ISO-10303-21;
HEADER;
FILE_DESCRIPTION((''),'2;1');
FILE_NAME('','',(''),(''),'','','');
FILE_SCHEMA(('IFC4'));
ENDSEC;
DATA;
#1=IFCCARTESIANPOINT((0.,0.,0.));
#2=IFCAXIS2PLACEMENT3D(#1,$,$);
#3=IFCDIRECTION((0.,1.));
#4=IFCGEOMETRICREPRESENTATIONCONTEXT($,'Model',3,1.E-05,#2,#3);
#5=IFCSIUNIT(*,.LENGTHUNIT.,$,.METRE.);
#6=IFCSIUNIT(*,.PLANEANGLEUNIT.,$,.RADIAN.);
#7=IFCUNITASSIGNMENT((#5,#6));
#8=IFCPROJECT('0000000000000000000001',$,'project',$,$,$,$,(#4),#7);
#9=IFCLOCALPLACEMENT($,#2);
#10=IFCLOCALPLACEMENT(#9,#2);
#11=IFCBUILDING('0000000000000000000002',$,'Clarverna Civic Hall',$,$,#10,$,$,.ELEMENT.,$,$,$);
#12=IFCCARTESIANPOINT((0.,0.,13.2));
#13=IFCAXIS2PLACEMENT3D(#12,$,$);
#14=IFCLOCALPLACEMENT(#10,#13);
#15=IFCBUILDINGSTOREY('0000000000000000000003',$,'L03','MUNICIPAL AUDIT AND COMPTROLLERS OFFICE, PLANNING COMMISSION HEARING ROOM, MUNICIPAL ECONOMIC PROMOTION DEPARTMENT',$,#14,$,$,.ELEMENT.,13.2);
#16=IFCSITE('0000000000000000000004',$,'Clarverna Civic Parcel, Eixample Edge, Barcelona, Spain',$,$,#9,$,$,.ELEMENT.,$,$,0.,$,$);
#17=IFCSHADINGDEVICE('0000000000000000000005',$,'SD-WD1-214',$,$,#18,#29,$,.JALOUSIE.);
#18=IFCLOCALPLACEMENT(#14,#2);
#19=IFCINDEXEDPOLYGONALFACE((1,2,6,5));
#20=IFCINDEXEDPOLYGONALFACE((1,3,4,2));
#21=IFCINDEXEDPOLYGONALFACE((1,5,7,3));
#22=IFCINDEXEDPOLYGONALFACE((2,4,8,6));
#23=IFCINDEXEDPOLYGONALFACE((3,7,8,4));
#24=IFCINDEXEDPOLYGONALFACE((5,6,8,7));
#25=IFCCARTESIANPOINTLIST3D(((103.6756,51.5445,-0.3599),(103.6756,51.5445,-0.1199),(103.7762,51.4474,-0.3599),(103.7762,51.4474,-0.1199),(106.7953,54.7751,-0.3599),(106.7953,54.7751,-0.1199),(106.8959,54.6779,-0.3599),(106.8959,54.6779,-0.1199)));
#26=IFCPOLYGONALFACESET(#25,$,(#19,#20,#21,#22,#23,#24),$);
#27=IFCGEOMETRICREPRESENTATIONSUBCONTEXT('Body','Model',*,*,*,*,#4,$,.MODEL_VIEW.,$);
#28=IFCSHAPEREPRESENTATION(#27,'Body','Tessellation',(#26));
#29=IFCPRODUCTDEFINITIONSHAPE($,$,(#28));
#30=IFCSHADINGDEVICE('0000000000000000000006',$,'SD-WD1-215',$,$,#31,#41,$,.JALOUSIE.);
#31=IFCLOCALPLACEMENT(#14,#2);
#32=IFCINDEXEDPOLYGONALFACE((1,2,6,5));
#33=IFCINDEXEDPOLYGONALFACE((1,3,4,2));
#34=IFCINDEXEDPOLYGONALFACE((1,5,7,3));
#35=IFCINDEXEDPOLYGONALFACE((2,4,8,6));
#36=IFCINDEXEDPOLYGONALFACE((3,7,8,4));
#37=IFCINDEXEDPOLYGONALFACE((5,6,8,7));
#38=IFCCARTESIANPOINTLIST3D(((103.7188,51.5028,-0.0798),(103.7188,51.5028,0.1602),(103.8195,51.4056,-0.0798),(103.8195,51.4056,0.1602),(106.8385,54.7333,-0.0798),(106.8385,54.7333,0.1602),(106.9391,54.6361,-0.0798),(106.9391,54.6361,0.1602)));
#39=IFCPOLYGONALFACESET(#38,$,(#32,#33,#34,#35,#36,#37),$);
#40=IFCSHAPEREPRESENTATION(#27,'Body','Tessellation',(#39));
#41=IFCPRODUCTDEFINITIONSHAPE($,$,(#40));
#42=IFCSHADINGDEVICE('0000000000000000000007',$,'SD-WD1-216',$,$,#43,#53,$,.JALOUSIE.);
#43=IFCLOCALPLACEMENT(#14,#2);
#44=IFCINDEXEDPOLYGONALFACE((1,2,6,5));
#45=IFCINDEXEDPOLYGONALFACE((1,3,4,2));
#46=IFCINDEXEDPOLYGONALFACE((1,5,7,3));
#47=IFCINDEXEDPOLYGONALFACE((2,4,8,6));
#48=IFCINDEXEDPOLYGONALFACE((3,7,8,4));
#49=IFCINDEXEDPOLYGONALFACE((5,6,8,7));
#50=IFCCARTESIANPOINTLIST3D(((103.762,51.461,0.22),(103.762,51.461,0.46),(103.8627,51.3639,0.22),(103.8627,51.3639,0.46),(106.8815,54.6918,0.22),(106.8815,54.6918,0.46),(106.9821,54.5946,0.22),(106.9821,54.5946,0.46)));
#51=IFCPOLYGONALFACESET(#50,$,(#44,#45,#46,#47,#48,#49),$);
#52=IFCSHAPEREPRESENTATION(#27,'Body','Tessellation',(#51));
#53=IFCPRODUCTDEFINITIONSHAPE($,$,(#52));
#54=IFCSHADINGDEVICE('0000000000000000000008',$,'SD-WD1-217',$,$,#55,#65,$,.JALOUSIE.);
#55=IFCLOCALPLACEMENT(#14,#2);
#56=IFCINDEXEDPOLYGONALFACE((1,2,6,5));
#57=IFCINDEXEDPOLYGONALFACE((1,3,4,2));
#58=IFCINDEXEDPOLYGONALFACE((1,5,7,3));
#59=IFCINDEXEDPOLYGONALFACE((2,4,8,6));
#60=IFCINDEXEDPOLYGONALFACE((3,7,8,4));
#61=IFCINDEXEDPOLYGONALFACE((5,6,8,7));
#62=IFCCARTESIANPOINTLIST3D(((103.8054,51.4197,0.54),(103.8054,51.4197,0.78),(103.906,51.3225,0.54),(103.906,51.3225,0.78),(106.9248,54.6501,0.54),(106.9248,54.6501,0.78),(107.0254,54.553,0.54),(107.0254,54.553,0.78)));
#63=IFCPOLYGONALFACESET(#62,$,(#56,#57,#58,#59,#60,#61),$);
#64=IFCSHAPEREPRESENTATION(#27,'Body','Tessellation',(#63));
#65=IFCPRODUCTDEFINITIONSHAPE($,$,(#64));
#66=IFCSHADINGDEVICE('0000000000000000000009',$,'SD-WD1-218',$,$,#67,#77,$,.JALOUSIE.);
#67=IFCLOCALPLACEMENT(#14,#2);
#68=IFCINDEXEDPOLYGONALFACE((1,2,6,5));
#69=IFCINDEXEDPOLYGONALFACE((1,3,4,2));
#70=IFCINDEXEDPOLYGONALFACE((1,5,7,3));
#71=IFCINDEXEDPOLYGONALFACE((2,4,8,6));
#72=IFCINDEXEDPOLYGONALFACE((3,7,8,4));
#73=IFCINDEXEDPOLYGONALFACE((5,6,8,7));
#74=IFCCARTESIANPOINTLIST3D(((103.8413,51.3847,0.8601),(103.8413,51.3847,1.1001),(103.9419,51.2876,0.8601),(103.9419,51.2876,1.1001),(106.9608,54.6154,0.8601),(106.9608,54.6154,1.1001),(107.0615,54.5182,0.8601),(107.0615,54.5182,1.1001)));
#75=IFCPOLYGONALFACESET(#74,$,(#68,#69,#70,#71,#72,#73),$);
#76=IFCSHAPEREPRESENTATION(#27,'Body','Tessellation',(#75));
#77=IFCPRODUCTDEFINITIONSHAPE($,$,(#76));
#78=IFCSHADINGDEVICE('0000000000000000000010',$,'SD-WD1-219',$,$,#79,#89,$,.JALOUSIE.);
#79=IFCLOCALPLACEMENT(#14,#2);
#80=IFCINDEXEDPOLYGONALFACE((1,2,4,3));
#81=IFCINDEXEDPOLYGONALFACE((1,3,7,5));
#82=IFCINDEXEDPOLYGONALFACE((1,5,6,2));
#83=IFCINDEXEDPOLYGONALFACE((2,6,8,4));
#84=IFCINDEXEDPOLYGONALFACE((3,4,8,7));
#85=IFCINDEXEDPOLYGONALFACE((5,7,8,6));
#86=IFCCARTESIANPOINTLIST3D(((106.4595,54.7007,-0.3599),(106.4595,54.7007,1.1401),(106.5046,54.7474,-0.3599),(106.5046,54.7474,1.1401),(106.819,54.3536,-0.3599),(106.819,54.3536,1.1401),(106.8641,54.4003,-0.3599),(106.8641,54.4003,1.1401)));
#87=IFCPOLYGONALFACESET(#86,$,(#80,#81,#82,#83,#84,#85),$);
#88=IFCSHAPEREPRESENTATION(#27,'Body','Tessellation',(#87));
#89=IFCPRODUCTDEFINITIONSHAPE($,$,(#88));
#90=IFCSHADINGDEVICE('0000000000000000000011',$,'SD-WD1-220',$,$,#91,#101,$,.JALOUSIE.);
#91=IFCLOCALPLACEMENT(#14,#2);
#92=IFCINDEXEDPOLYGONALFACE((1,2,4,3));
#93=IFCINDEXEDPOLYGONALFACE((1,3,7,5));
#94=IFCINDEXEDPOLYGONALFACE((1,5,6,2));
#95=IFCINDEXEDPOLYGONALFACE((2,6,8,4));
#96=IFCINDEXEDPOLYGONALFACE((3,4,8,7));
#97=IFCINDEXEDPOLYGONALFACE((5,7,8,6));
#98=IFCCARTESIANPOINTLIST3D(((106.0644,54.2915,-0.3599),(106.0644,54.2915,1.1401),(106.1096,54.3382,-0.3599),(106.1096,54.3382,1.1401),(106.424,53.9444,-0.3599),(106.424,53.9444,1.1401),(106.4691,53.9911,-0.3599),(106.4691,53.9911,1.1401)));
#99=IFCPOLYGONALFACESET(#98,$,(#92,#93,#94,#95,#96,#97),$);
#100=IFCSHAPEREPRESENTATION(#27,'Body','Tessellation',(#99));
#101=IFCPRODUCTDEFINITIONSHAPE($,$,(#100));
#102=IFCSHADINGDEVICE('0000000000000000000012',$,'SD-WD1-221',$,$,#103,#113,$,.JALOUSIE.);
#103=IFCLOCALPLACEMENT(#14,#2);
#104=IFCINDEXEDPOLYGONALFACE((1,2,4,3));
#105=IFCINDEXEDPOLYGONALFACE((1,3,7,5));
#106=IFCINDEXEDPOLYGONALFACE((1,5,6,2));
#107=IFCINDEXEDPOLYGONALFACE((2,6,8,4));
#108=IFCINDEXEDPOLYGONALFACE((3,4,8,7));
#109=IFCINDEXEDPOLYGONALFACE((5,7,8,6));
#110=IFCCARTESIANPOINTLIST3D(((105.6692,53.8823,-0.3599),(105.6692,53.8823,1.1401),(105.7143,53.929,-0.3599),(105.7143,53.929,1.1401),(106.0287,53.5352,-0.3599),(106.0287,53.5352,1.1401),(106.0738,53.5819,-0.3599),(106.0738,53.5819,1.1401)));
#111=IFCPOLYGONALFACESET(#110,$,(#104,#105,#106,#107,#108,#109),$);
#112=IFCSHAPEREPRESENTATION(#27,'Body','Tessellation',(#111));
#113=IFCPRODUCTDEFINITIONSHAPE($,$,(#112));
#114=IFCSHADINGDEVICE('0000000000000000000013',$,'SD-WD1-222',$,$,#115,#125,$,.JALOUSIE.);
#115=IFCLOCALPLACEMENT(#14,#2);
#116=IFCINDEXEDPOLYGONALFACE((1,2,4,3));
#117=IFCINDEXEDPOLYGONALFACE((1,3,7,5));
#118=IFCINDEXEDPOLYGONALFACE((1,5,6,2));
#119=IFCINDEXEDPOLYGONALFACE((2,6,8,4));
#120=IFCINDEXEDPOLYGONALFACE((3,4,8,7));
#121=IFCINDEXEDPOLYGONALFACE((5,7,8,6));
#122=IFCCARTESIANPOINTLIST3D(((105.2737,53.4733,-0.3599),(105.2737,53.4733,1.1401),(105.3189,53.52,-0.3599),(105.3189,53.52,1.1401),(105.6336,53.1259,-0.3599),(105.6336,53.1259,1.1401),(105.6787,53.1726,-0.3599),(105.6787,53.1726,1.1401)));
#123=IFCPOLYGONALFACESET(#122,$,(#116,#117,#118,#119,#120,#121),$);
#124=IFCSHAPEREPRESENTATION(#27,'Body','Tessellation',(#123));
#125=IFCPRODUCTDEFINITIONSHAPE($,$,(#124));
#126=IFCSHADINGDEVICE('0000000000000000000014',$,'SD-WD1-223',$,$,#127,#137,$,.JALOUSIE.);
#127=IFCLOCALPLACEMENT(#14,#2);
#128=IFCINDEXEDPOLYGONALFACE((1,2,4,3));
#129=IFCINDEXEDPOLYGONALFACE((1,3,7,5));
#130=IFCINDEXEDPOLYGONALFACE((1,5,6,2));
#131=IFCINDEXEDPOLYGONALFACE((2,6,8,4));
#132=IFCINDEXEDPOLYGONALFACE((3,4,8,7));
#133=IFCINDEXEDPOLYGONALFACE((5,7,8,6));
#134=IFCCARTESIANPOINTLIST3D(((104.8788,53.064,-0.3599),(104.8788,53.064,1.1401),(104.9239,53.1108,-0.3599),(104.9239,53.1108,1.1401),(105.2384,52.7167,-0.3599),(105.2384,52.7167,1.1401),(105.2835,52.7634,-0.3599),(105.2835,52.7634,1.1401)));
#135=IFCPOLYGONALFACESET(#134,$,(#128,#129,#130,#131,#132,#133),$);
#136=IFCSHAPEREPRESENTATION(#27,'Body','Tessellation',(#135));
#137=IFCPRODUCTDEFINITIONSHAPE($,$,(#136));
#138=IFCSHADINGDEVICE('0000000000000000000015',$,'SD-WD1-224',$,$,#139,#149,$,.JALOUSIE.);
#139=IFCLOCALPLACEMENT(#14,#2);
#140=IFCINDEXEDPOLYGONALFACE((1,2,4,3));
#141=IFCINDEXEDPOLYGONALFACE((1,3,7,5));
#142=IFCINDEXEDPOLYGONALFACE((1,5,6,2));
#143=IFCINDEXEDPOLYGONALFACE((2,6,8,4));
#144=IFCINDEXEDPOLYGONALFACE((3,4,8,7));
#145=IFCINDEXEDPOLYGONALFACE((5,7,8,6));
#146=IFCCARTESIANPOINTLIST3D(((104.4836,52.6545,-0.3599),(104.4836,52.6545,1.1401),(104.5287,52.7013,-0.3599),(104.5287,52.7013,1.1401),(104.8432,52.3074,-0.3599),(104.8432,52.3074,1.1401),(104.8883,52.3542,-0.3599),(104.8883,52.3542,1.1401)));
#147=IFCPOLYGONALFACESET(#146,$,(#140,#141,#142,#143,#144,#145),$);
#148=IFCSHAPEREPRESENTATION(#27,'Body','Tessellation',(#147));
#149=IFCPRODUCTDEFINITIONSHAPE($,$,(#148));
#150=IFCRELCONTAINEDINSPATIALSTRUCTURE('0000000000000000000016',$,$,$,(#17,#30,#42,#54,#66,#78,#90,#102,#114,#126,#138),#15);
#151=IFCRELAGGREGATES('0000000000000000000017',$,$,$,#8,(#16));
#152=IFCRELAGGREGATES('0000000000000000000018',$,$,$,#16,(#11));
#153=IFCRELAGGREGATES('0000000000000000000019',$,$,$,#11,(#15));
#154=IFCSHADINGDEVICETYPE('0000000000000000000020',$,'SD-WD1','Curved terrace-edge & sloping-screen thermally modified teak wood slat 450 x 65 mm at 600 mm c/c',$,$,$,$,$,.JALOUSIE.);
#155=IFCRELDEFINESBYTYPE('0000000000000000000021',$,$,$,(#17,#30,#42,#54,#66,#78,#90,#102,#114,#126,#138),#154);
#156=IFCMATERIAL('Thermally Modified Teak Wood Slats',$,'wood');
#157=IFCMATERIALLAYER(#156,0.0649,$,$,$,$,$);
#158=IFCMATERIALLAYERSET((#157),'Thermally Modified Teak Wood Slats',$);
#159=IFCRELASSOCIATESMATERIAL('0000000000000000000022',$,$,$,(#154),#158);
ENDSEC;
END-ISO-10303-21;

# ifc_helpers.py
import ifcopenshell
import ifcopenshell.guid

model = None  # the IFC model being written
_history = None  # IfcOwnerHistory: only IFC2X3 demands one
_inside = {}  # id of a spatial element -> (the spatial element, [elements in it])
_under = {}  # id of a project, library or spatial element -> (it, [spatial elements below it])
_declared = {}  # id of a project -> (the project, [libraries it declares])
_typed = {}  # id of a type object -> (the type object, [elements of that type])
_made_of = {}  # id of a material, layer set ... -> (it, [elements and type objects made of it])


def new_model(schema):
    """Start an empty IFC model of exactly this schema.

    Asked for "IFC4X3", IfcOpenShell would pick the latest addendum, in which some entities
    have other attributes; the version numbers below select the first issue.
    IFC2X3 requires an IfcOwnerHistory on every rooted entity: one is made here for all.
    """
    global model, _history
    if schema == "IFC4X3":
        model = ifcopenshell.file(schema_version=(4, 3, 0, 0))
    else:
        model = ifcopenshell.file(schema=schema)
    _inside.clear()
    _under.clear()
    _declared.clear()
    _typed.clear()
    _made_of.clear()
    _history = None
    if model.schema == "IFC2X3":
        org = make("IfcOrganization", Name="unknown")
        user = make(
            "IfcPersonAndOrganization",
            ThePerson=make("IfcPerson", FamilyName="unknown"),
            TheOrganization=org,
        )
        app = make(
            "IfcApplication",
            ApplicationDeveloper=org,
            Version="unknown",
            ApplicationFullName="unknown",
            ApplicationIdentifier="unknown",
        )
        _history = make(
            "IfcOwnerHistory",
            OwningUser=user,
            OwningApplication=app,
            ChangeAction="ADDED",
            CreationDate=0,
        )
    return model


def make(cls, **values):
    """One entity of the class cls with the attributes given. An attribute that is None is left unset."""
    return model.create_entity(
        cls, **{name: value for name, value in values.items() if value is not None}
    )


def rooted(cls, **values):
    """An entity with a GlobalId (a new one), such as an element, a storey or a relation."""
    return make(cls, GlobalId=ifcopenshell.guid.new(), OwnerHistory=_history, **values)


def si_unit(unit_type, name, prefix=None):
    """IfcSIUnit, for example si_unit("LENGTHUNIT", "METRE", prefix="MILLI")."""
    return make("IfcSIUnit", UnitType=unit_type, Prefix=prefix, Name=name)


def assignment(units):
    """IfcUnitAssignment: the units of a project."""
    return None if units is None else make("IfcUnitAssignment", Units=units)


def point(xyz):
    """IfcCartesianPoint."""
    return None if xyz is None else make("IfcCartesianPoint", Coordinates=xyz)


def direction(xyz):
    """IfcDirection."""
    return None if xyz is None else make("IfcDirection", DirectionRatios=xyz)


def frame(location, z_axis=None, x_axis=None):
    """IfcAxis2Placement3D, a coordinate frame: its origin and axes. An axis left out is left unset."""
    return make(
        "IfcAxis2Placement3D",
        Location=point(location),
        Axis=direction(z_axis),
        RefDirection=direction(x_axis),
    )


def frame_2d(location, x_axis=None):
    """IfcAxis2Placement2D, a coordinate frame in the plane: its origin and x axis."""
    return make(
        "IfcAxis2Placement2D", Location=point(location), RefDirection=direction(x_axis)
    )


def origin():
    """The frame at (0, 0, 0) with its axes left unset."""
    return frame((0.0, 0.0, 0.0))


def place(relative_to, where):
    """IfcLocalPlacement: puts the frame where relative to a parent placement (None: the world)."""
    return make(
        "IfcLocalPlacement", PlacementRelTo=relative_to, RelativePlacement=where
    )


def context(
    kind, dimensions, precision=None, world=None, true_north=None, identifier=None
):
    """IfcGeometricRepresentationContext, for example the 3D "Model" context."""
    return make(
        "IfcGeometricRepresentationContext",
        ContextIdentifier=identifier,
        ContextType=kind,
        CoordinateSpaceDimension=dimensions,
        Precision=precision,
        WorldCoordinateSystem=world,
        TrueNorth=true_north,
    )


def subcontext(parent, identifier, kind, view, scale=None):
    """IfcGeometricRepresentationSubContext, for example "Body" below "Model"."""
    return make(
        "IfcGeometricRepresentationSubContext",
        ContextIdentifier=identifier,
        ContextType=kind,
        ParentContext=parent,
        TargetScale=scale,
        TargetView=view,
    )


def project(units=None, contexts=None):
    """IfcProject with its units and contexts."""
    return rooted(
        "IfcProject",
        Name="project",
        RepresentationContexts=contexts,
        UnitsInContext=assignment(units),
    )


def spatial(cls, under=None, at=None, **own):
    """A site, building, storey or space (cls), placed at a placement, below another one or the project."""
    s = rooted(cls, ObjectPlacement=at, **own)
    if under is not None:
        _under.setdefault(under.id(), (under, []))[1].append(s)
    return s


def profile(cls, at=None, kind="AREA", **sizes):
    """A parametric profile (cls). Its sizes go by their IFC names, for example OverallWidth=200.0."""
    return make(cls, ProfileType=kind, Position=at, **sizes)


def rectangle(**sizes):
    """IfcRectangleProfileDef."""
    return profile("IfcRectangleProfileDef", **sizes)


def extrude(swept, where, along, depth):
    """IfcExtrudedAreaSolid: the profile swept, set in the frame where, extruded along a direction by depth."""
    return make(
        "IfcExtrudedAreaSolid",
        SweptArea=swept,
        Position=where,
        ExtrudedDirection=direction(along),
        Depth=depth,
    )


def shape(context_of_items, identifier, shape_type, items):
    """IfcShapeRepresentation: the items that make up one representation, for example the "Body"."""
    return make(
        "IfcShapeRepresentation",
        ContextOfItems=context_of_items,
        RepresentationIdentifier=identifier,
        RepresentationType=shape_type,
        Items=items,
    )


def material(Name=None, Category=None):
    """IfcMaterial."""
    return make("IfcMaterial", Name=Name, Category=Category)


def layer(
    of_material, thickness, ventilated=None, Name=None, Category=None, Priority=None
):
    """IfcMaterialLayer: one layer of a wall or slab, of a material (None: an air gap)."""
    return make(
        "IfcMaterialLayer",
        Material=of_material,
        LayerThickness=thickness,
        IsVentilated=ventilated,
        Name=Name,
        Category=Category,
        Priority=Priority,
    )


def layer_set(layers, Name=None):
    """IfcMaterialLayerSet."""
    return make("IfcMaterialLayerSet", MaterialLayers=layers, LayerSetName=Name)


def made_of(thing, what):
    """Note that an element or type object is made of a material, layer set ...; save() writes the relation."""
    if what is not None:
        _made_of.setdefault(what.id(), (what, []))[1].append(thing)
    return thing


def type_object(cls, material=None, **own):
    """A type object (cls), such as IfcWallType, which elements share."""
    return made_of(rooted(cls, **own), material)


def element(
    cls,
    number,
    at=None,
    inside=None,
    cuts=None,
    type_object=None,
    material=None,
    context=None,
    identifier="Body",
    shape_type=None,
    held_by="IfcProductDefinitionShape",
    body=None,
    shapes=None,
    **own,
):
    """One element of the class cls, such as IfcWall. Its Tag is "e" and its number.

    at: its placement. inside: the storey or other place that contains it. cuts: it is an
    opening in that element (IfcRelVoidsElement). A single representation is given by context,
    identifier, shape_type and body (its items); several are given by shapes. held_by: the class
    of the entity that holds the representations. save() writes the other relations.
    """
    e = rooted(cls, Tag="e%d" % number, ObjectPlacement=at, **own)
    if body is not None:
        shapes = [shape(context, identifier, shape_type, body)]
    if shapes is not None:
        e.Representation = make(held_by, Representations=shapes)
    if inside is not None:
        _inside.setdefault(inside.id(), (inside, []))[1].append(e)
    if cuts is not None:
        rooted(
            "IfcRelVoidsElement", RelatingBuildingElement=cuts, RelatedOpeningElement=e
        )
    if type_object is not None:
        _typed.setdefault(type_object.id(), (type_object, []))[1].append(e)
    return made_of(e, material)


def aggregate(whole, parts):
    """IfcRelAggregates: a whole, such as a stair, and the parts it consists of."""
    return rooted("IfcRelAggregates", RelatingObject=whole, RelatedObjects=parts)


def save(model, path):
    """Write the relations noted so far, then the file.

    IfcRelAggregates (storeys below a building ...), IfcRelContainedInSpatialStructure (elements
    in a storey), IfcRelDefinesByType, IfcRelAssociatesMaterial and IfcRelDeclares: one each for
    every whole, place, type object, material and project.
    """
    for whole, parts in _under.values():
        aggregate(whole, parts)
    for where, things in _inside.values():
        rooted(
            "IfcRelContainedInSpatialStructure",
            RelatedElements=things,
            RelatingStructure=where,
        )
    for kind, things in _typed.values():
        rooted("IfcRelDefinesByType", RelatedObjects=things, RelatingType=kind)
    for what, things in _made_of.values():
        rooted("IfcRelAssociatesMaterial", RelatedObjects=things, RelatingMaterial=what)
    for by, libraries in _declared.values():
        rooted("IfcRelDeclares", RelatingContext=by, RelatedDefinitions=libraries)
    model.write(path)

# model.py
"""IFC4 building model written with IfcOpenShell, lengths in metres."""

from ifc_helpers import new_model, si_unit, direction, frame, frame_2d, origin, place, context, subcontext, project, spatial, rectangle, extrude, material, layer, layer_set, type_object, element, save


model = new_model("IFC4")

# Units and contexts
model_context = context("Model", 3, precision=1e-05, world=origin(), true_north=direction((0.0, 1.0)))
body_context = subcontext(model_context, "Body", "Model", "MODEL_VIEW")
ifc_project = project(units=[si_unit("LENGTHUNIT", "METRE"), si_unit("PLANEANGLEUNIT", "RADIAN")], contexts=[model_context])

# Site, building, storey
site_placement = place(None, origin())
site = spatial("IfcSite", under=ifc_project, at=site_placement, Name="Clarverna Civic Parcel, Eixample Edge, Barcelona, Spain", CompositionType="ELEMENT", RefElevation=0.0)
building_placement = place(site_placement, origin())
building = spatial("IfcBuilding", under=site, at=building_placement, Name="Clarverna Civic Hall", CompositionType="ELEMENT")
storey_placement = place(building_placement, frame((0.0, 0.0, 13.2)))
storey = spatial("IfcBuildingStorey", under=building, at=storey_placement, Name="L03", Description="MUNICIPAL AUDIT AND COMPTROLLERS OFFICE, PLANNING COMMISSION HEARING ROOM, MUNICIPAL ECONOMIC PROMOTION DEPARTMENT", CompositionType="ELEMENT", Elevation=13.2)

# Shading devices
ifc_material_1 = material(Name="Thermally Modified Teak Wood Slats", Category="wood")
ifc_layer_1 = layer(ifc_material_1, 0.0649)
ifc_layer_set_1 = layer_set([ifc_layer_1], Name="Thermally Modified Teak Wood Slats")
shading_device_type = type_object("IfcShadingDeviceType", Name="SD-WD1", Description="Curved terrace-edge & sloping-screen thermally modified teak wood slat 450 x 65 mm at 600 mm c/c", PredefinedType="JALOUSIE", material=ifc_layer_set_1)
for number, where, z_axis, x_axis, name in (
    (1, (106.8457, 54.7266, -0.3599), (0.0, 0.0, 1.0), (-0.694659, -0.71934, 0.0), "SD-WD1-214"),
    (2, (106.8889, 54.6848, -0.0798), (0.0, 0.0, 1.0), (-0.694659, -0.71934, 0.0), "SD-WD1-215"),
    (3, (106.9319, 54.6433, 0.22), (0.0, 0.0, 1.0), (-0.694603, -0.719393, 0.0), "SD-WD1-216"),
):
    element("IfcShadingDevice", number, at=place(storey_placement, frame(where, z_axis=z_axis, x_axis=x_axis)), inside=storey, type_object=shading_device_type, Name=name, PredefinedType="JALOUSIE", context=body_context, shape_type="SweptSolid", body=[
        extrude(rectangle(XDim=4.491, YDim=0.1399, at=frame_2d((2.2456, 0.0))), origin(), (0.0, 0.0, 1.0), 0.24),
    ])
shading_device_1_placement = place(storey_placement, frame((106.9751, 54.6016, 0.54), z_axis=(0.0, 0.0, 1.0), x_axis=(-0.69463, -0.719367, 0.0)))
element("IfcShadingDevice", 4, at=shading_device_1_placement, inside=storey, type_object=shading_device_type, Name="SD-WD1-217", PredefinedType="JALOUSIE", context=body_context, shape_type="SweptSolid", body=[
    extrude(rectangle(XDim=4.4907, YDim=0.1399, at=frame_2d((2.2454, 0.0))), origin(), (0.0, 0.0, 1.0), 0.24),
])
shading_device_2_placement = place(storey_placement, frame((107.0112, 54.5669, 0.8601), z_axis=(0.0, 0.0, 1.0), x_axis=(-0.694631, -0.719366, 0.0)))
element("IfcShadingDevice", 5, at=shading_device_2_placement, inside=storey, type_object=shading_device_type, Name="SD-WD1-218", PredefinedType="JALOUSIE", context=body_context, shape_type="SweptSolid", body=[
    extrude(rectangle(XDim=4.491, YDim=0.1399, at=frame_2d((2.2456, 0.0))), origin(), (0.0, 0.0, 1.0), 0.24),
])
for number, where, z_axis, x_axis, name in (
    (6, (106.4819, 54.7241, -0.3599), (0.0, 0.0, 1.0), (0.719452, -0.694542, 0.0), "SD-WD1-219"),
    (7, (106.0869, 54.3149, -0.3599), (0.0, 0.0, 1.0), (0.719452, -0.694542, 0.0), "SD-WD1-220"),
    (8, (105.6917, 53.9058, -0.3599), (0.0, 0.0, 1.0), (0.719452, -0.694542, 0.0), "SD-WD1-221"),
):
    element("IfcShadingDevice", number, at=place(storey_placement, frame(where, z_axis=z_axis, x_axis=x_axis)), inside=storey, type_object=shading_device_type, Name=name, PredefinedType="JALOUSIE", context=body_context, shape_type="SweptSolid", body=[
        extrude(rectangle(XDim=0.4998, YDim=0.0649, at=frame_2d((0.25, 0.0))), origin(), (0.0, 0.0, 1.0), 1.5),
    ])
shading_device_3_placement = place(storey_placement, frame((105.2964, 53.4966, -0.3599), z_axis=(0.0, 0.0, 1.0), x_axis=(0.719444, -0.694551, 0.0)))
element("IfcShadingDevice", 9, at=shading_device_3_placement, inside=storey, type_object=shading_device_type, Name="SD-WD1-222", PredefinedType="JALOUSIE", context=body_context, shape_type="SweptSolid", body=[
    extrude(rectangle(XDim=0.5002, YDim=0.0649, at=frame_2d((0.25, 0.0))), origin(), (0.0, 0.0, 1.0), 1.5),
])
shading_device_4_placement = place(storey_placement, frame((104.9014, 53.0874, -0.3599), z_axis=(0.0, 0.0, 1.0), x_axis=(0.719208, -0.694795, 0.0)))
element("IfcShadingDevice", 10, at=shading_device_4_placement, inside=storey, type_object=shading_device_type, Name="SD-WD1-223", PredefinedType="JALOUSIE", context=body_context, shape_type="SweptSolid", body=[
    extrude(rectangle(XDim=0.5, YDim=0.0649, at=frame_2d((0.25, 0.0))), origin(), (0.0, 0.0, 1.0), 1.5),
])
shading_device_5_placement = place(storey_placement, frame((104.5061, 52.678, -0.3599), z_axis=(0.0, 0.0, 1.0), x_axis=(0.719452, -0.694542, 0.0)))
element("IfcShadingDevice", 11, at=shading_device_5_placement, inside=storey, type_object=shading_device_type, Name="SD-WD1-224", PredefinedType="JALOUSIE", context=body_context, shape_type="SweptSolid", body=[
    extrude(rectangle(XDim=0.4998, YDim=0.0649, at=frame_2d((0.25, 0.0))), origin(), (0.0, 0.0, 1.0), 1.5),
])

save(model, "model.ifc")
